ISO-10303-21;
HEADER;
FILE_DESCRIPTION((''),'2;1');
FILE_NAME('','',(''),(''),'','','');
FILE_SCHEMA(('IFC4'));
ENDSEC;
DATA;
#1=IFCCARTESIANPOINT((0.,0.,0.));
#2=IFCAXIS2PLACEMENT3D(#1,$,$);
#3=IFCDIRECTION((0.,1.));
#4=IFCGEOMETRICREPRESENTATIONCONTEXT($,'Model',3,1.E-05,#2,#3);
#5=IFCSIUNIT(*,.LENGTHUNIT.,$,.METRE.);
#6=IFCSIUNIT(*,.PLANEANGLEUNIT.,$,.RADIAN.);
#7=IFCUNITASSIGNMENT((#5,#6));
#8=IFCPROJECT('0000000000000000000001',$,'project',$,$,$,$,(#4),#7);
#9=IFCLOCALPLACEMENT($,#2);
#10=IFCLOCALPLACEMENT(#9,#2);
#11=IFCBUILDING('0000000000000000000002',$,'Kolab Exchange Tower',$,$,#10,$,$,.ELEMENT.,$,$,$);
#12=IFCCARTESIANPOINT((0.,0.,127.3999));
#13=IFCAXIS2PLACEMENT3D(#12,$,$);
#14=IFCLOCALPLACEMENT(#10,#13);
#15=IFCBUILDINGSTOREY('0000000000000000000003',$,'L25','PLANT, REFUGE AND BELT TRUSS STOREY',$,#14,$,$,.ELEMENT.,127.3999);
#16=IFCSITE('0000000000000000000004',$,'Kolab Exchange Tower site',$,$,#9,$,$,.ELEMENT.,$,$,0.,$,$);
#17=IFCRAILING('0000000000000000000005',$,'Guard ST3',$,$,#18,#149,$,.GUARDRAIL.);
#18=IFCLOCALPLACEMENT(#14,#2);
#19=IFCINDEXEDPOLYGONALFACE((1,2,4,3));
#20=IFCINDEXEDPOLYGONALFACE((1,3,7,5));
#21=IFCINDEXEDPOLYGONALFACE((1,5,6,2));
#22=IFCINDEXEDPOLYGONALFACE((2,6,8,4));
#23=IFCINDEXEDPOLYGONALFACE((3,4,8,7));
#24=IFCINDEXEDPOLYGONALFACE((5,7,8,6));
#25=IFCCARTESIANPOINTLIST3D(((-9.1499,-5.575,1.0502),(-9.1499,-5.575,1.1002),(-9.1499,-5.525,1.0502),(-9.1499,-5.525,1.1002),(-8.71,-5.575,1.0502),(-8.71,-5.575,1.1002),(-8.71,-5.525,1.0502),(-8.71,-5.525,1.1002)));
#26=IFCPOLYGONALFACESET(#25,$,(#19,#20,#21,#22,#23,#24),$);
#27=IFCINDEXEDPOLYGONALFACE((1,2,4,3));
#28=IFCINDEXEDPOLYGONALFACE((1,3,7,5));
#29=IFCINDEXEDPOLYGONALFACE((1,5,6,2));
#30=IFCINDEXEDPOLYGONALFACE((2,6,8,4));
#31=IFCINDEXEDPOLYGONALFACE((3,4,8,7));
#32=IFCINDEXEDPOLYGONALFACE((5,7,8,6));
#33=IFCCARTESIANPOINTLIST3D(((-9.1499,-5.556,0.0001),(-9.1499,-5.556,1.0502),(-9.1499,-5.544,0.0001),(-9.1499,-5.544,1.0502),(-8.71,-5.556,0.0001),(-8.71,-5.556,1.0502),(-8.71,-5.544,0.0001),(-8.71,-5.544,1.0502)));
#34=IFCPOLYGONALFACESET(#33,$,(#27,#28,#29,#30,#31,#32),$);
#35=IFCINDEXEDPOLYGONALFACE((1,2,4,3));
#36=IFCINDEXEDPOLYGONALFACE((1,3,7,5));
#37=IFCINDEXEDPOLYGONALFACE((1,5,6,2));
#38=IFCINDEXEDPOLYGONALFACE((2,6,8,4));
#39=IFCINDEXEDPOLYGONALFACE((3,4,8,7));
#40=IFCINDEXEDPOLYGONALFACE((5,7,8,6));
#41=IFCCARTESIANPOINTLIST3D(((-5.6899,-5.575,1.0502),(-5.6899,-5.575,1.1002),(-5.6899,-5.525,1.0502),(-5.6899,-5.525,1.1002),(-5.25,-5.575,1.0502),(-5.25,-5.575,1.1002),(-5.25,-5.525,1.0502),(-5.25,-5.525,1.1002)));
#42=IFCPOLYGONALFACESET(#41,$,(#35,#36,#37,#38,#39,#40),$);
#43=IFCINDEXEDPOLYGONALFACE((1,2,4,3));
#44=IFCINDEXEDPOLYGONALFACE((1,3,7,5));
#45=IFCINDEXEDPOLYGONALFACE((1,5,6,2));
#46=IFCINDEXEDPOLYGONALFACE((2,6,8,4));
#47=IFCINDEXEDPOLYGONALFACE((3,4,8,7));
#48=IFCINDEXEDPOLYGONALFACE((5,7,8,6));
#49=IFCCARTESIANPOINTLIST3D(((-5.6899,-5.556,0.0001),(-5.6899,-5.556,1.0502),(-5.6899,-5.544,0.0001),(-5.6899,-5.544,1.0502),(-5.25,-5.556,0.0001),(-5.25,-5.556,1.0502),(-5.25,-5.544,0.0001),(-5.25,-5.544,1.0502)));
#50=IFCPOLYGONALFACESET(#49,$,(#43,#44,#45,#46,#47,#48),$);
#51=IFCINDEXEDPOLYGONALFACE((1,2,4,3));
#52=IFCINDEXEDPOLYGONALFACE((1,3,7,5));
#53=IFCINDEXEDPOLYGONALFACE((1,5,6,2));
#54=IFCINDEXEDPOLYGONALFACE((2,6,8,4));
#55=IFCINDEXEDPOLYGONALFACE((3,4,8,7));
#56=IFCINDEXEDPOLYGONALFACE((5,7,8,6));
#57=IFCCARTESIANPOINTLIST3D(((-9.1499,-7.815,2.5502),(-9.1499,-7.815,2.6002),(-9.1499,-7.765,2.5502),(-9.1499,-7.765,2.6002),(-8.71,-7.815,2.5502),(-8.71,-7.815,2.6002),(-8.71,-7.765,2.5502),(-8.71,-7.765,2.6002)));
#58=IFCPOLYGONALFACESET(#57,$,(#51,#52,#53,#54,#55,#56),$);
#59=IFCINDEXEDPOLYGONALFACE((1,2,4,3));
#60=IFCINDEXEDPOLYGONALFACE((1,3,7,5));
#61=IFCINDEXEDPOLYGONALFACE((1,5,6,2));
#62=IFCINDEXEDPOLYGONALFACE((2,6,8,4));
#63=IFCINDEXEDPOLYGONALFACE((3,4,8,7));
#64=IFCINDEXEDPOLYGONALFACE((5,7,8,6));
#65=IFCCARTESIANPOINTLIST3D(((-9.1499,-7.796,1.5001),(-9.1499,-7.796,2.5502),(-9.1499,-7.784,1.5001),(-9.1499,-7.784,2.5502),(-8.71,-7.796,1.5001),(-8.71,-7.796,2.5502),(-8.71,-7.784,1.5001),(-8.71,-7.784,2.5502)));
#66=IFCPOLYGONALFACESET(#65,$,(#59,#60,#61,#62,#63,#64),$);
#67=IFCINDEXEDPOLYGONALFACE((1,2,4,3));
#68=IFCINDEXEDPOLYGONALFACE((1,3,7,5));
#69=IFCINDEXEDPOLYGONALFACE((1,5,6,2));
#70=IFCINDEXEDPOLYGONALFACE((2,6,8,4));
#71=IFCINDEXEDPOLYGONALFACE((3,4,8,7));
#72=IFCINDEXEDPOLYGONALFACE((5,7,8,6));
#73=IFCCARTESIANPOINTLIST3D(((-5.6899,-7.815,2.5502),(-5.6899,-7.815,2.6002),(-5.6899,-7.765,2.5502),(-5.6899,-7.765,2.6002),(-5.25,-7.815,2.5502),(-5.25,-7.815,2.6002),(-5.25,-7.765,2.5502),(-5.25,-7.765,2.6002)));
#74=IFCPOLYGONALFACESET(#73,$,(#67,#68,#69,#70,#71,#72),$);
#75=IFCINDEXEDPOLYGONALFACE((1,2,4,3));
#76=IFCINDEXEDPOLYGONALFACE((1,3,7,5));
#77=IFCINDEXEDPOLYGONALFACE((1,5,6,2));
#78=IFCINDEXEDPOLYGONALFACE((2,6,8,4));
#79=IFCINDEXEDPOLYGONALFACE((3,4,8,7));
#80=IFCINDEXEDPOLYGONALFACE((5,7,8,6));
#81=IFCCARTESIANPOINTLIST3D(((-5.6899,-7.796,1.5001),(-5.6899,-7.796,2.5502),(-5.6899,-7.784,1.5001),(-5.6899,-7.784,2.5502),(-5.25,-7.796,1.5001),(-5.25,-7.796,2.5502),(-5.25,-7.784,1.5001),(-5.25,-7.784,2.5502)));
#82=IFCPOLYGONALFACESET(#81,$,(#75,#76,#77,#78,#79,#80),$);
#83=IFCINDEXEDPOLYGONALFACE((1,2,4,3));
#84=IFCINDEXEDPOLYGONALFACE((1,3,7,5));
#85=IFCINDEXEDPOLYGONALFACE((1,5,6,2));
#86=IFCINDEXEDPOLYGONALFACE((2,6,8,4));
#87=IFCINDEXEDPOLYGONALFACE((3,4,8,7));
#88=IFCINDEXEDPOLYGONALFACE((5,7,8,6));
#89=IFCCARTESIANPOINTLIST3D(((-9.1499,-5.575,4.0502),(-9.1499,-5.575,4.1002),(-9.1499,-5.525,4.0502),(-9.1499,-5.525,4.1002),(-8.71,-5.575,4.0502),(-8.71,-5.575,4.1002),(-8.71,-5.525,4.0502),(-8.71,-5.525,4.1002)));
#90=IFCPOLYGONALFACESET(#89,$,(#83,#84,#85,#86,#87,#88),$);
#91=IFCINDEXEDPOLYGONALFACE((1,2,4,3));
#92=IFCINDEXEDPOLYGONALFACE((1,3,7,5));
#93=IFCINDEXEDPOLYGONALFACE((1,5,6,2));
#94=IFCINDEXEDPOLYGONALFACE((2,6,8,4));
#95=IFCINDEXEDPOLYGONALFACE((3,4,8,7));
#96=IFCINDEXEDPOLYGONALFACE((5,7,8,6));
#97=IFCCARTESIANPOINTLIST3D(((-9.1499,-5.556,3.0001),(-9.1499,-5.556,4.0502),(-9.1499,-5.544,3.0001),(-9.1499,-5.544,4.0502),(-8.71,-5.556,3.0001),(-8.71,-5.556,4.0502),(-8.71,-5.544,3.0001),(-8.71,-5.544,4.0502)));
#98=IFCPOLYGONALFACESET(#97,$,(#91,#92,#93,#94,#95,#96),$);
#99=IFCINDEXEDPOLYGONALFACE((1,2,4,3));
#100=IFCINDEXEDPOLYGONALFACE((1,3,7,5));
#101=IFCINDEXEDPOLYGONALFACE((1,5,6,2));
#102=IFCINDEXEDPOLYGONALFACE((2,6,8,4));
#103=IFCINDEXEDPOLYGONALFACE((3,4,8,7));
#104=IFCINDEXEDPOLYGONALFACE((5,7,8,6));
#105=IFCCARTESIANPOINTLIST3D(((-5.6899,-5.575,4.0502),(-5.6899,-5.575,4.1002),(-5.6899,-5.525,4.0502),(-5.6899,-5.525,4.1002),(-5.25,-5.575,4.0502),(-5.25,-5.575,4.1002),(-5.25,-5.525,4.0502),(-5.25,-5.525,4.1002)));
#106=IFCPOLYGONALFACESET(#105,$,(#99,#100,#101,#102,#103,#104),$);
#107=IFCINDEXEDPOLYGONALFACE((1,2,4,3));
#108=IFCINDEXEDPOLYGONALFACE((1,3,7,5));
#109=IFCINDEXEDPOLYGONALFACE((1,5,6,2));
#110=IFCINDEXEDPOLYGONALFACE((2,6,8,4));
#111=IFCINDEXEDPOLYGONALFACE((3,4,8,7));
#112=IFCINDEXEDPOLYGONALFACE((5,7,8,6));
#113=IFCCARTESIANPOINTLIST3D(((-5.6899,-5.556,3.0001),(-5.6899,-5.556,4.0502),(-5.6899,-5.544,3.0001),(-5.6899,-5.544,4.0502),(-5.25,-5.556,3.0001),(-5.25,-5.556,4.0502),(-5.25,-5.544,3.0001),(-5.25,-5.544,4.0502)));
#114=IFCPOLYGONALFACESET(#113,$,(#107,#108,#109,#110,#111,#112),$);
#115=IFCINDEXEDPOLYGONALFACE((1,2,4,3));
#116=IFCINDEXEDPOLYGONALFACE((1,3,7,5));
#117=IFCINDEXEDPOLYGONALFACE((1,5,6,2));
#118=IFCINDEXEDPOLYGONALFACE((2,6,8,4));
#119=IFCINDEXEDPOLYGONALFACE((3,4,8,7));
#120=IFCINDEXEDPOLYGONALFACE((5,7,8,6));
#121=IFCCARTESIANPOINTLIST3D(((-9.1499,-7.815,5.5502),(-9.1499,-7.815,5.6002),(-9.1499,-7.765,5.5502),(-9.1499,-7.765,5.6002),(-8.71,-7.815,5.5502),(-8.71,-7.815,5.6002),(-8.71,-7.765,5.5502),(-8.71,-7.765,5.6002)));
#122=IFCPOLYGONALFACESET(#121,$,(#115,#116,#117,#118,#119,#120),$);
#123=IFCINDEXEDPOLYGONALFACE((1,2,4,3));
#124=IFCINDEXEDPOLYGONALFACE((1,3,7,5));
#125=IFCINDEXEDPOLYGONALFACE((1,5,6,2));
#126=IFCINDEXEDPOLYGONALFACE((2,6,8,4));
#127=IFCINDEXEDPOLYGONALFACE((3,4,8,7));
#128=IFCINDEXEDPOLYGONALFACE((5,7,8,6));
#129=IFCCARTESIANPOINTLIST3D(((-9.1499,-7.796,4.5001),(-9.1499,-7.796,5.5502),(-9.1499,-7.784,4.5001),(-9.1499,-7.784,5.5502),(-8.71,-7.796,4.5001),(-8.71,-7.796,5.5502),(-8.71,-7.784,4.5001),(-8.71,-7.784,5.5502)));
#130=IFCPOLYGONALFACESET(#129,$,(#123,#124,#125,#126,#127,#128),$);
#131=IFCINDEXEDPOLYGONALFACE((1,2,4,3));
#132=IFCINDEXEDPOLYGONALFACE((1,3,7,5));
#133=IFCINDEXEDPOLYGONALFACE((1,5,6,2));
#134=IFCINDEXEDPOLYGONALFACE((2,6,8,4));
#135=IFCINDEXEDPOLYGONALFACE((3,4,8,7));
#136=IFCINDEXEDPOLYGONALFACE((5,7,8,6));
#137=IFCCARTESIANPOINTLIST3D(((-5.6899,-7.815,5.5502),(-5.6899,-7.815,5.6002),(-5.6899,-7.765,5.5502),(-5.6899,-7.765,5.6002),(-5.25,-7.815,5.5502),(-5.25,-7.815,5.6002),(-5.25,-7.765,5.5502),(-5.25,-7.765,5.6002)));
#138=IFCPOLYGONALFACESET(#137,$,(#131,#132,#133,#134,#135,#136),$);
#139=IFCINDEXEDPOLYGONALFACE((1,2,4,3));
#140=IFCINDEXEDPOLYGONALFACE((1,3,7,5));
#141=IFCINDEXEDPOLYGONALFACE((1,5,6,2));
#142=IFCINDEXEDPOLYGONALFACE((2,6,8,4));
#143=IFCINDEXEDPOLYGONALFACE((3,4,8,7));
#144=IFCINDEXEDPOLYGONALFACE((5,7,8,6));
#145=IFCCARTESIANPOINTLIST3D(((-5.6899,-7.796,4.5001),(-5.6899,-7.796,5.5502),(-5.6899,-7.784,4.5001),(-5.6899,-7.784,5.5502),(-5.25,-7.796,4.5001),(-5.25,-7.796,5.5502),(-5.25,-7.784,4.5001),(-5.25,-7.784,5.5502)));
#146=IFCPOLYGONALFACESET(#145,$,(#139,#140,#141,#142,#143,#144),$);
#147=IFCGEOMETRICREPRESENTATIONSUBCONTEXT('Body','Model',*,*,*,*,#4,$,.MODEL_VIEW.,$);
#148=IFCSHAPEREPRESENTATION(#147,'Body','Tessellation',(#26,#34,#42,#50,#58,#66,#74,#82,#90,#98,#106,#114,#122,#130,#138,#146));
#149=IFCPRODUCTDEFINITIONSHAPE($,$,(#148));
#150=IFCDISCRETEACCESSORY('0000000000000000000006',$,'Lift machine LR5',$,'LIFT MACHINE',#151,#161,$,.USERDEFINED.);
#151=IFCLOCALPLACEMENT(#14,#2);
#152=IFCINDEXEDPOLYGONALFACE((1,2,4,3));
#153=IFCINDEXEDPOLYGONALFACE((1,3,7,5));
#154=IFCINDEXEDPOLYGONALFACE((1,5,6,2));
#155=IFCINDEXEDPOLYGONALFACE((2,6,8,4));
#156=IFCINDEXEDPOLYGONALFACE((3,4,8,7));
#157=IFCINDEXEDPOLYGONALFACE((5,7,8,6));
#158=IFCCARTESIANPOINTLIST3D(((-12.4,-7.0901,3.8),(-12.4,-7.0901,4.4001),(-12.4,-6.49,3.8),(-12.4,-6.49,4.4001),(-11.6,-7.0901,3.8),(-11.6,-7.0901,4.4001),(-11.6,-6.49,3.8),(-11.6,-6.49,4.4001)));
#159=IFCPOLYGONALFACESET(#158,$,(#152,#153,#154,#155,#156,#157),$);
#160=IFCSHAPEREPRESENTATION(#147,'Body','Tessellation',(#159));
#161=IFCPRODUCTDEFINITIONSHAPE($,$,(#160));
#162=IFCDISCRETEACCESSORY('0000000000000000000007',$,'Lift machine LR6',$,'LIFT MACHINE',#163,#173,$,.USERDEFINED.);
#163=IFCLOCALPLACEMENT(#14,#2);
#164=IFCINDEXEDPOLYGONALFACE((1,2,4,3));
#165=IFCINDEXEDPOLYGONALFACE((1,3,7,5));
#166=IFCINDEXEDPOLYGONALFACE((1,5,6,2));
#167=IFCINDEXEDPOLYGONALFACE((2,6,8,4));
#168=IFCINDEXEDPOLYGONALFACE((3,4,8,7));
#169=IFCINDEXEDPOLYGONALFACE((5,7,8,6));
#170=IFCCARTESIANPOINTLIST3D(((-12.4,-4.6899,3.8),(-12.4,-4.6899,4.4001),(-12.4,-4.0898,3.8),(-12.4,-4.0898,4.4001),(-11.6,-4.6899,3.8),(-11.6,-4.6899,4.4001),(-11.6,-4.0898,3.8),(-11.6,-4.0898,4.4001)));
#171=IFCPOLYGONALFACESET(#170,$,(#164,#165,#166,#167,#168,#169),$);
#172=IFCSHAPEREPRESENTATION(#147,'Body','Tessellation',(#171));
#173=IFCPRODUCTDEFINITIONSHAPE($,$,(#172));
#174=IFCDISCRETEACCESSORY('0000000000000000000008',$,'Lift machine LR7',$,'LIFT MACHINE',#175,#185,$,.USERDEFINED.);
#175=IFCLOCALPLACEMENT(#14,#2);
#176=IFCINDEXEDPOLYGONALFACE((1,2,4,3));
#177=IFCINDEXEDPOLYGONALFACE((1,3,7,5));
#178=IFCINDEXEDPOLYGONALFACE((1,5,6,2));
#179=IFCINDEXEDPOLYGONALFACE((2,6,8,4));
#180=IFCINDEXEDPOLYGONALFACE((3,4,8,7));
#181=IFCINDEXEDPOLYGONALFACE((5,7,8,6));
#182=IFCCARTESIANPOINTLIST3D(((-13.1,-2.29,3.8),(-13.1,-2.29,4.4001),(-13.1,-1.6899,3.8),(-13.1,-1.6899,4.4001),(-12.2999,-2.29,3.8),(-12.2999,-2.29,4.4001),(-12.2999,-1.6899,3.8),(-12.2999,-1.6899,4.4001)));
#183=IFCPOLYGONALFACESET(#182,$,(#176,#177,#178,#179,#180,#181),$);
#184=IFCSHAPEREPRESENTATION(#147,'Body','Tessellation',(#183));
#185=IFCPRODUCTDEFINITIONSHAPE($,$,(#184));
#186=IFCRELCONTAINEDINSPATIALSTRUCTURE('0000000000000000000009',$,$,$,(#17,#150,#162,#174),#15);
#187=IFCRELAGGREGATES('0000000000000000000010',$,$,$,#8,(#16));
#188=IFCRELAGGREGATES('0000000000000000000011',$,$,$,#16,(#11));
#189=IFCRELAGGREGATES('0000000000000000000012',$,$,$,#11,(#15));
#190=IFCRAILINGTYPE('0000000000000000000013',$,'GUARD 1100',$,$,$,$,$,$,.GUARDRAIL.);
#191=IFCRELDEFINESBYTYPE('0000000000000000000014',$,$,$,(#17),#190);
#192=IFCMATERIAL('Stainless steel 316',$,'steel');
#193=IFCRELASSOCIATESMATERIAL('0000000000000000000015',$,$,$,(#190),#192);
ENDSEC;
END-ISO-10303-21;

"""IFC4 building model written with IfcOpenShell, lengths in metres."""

from ifc_helpers import new_model, si_unit, direction, frame, frame_2d, origin, origin_2d, place, context, subcontext, project, spatial, rectangle, extrude, material, type_object, element, save


model = new_model("IFC4")

# Units and contexts
model_context = context("Model", 3, precision=1e-05, world=origin(), true_north=direction((0.0, 1.0)))
body_context = subcontext(model_context, "Body", "Model", "MODEL_VIEW")
ifc_project = project(units=[si_unit("LENGTHUNIT", "METRE"), si_unit("PLANEANGLEUNIT", "RADIAN")], contexts=[model_context])

# Site, building, storey
site_placement = place(None, origin())
site = spatial("IfcSite", under=ifc_project, at=site_placement, Name="Kolab Exchange Tower site", CompositionType="ELEMENT", RefElevation=0.0)
building_placement = place(site_placement, origin())
building = spatial("IfcBuilding", under=site, at=building_placement, Name="Kolab Exchange Tower", CompositionType="ELEMENT")
storey_placement = place(building_placement, frame((0.0, 0.0, 127.3999)))
storey = spatial("IfcBuildingStorey", under=building, at=storey_placement, Name="L25", Description="PLANT, REFUGE AND BELT TRUSS STOREY", CompositionType="ELEMENT", Elevation=127.3999)

# Shared definitions
ifc_material_1 = material(Name="Stainless steel 316", Category="steel")

# Railing
railing_type = type_object("IfcRailingType", Name="GUARD 1100", PredefinedType="GUARDRAIL", material=ifc_material_1)
railing_placement = place(storey_placement, frame((-9.1499, -5.55, 0.0)))
element("IfcRailing", 1, at=railing_placement, inside=storey, type_object=railing_type, Name="Guard ST3", PredefinedType="GUARDRAIL", context=body_context, shape_type="SweptSolid", body=[
    extrude(rectangle(XDim=0.05, YDim=0.05, at=origin_2d()), frame((0.0, 0.0, 1.0752), z_axis=(1.0, 0.0, 0.0), x_axis=(0.0, 1.0, 0.0)), (0.0, 0.0, 1.0), 0.4399),
    extrude(rectangle(XDim=0.012, YDim=1.0501, at=frame_2d((0.0, 0.5251))), frame((0.0, 0.0, 0.0), z_axis=(1.0, 0.0, 0.0), x_axis=(0.0, 1.0, 0.0)), (0.0, 0.0, 1.0), 0.4399),
    extrude(rectangle(XDim=0.05, YDim=0.05, at=origin_2d()), frame((3.46, 0.0, 1.0752), z_axis=(1.0, 0.0, 0.0), x_axis=(0.0, 1.0, 0.0)), (0.0, 0.0, 1.0), 0.4399),
    extrude(rectangle(XDim=0.012, YDim=1.0501, at=frame_2d((0.0, 0.5251))), frame((3.46, 0.0, 0.0), z_axis=(1.0, 0.0, 0.0), x_axis=(0.0, 1.0, 0.0)), (0.0, 0.0, 1.0), 0.4399),
    extrude(rectangle(XDim=0.05, YDim=0.05, at=origin_2d()), frame((0.0, -2.24, 2.5752), z_axis=(1.0, 0.0, 0.0), x_axis=(0.0, 1.0, 0.0)), (0.0, 0.0, 1.0), 0.4399),
    extrude(rectangle(XDim=0.012, YDim=1.0501, at=frame_2d((0.0, 0.5251))), frame((0.0, -2.24, 1.5), z_axis=(1.0, 0.0, 0.0), x_axis=(0.0, 1.0, 0.0)), (0.0, 0.0, 1.0), 0.4399),
    extrude(rectangle(XDim=0.05, YDim=0.05, at=origin_2d()), frame((3.46, -2.24, 2.5752), z_axis=(1.0, 0.0, 0.0), x_axis=(0.0, 1.0, 0.0)), (0.0, 0.0, 1.0), 0.4399),
    extrude(rectangle(XDim=0.012, YDim=1.0501, at=frame_2d((0.0, 0.5251))), frame((3.46, -2.24, 1.5), z_axis=(1.0, 0.0, 0.0), x_axis=(0.0, 1.0, 0.0)), (0.0, 0.0, 1.0), 0.4399),
    extrude(rectangle(XDim=0.05, YDim=0.05, at=origin_2d()), frame((0.0, 0.0, 4.0752), z_axis=(1.0, 0.0, 0.0), x_axis=(0.0, 1.0, 0.0)), (0.0, 0.0, 1.0), 0.4399),
    extrude(rectangle(XDim=0.012, YDim=1.0501, at=frame_2d((0.0, 0.5251))), frame((0.0, 0.0, 3.0), z_axis=(1.0, 0.0, 0.0), x_axis=(0.0, 1.0, 0.0)), (0.0, 0.0, 1.0), 0.4399),
    extrude(rectangle(XDim=0.05, YDim=0.05, at=origin_2d()), frame((3.46, 0.0, 4.0752), z_axis=(1.0, 0.0, 0.0), x_axis=(0.0, 1.0, 0.0)), (0.0, 0.0, 1.0), 0.4399),
    extrude(rectangle(XDim=0.012, YDim=1.0501, at=frame_2d((0.0, 0.5251))), frame((3.46, 0.0, 3.0), z_axis=(1.0, 0.0, 0.0), x_axis=(0.0, 1.0, 0.0)), (0.0, 0.0, 1.0), 0.4399),
    extrude(rectangle(XDim=0.05, YDim=0.05, at=origin_2d()), frame((0.0, -2.24, 5.5752), z_axis=(1.0, 0.0, 0.0), x_axis=(0.0, 1.0, 0.0)), (0.0, 0.0, 1.0), 0.4399),
    extrude(rectangle(XDim=0.012, YDim=1.0501, at=frame_2d((0.0, 0.5251))), frame((0.0, -2.24, 4.5), z_axis=(1.0, 0.0, 0.0), x_axis=(0.0, 1.0, 0.0)), (0.0, 0.0, 1.0), 0.4399),
    extrude(rectangle(XDim=0.05, YDim=0.05, at=origin_2d()), frame((3.46, -2.24, 5.5752), z_axis=(1.0, 0.0, 0.0), x_axis=(0.0, 1.0, 0.0)), (0.0, 0.0, 1.0), 0.4399),
    extrude(rectangle(XDim=0.012, YDim=1.0501, at=frame_2d((0.0, 0.5251))), frame((3.46, -2.24, 4.5), z_axis=(1.0, 0.0, 0.0), x_axis=(0.0, 1.0, 0.0)), (0.0, 0.0, 1.0), 0.4399),
])

# Discrete accessories
for number, where, z_axis, x_axis, name in (
    (2, (-12.0, -6.79, 3.8), (0.0, 0.0, 1.0), (1.0, 0.0, 0.0), "Lift machine LR5"),
    (3, (-12.0, -4.3899, 3.8), (0.0, 0.0, 1.0), (1.0, 0.0, 0.0), "Lift machine LR6"),
    (4, (-12.7, -1.99, 3.8), (0.0, 0.0, 1.0), (1.0, 0.0, 0.0), "Lift machine LR7"),
):
    element("IfcDiscreteAccessory", number, at=place(storey_placement, frame(where, z_axis=z_axis, x_axis=x_axis)), inside=storey, Name=name, ObjectType="LIFT MACHINE", PredefinedType="USERDEFINED", context=body_context, shape_type="SweptSolid", body=[
        extrude(rectangle(XDim=0.8, YDim=0.6001, at=origin_2d()), origin(), (0.0, 0.0, 1.0), 0.6001),
    ])

save(model, "model.ifc")
